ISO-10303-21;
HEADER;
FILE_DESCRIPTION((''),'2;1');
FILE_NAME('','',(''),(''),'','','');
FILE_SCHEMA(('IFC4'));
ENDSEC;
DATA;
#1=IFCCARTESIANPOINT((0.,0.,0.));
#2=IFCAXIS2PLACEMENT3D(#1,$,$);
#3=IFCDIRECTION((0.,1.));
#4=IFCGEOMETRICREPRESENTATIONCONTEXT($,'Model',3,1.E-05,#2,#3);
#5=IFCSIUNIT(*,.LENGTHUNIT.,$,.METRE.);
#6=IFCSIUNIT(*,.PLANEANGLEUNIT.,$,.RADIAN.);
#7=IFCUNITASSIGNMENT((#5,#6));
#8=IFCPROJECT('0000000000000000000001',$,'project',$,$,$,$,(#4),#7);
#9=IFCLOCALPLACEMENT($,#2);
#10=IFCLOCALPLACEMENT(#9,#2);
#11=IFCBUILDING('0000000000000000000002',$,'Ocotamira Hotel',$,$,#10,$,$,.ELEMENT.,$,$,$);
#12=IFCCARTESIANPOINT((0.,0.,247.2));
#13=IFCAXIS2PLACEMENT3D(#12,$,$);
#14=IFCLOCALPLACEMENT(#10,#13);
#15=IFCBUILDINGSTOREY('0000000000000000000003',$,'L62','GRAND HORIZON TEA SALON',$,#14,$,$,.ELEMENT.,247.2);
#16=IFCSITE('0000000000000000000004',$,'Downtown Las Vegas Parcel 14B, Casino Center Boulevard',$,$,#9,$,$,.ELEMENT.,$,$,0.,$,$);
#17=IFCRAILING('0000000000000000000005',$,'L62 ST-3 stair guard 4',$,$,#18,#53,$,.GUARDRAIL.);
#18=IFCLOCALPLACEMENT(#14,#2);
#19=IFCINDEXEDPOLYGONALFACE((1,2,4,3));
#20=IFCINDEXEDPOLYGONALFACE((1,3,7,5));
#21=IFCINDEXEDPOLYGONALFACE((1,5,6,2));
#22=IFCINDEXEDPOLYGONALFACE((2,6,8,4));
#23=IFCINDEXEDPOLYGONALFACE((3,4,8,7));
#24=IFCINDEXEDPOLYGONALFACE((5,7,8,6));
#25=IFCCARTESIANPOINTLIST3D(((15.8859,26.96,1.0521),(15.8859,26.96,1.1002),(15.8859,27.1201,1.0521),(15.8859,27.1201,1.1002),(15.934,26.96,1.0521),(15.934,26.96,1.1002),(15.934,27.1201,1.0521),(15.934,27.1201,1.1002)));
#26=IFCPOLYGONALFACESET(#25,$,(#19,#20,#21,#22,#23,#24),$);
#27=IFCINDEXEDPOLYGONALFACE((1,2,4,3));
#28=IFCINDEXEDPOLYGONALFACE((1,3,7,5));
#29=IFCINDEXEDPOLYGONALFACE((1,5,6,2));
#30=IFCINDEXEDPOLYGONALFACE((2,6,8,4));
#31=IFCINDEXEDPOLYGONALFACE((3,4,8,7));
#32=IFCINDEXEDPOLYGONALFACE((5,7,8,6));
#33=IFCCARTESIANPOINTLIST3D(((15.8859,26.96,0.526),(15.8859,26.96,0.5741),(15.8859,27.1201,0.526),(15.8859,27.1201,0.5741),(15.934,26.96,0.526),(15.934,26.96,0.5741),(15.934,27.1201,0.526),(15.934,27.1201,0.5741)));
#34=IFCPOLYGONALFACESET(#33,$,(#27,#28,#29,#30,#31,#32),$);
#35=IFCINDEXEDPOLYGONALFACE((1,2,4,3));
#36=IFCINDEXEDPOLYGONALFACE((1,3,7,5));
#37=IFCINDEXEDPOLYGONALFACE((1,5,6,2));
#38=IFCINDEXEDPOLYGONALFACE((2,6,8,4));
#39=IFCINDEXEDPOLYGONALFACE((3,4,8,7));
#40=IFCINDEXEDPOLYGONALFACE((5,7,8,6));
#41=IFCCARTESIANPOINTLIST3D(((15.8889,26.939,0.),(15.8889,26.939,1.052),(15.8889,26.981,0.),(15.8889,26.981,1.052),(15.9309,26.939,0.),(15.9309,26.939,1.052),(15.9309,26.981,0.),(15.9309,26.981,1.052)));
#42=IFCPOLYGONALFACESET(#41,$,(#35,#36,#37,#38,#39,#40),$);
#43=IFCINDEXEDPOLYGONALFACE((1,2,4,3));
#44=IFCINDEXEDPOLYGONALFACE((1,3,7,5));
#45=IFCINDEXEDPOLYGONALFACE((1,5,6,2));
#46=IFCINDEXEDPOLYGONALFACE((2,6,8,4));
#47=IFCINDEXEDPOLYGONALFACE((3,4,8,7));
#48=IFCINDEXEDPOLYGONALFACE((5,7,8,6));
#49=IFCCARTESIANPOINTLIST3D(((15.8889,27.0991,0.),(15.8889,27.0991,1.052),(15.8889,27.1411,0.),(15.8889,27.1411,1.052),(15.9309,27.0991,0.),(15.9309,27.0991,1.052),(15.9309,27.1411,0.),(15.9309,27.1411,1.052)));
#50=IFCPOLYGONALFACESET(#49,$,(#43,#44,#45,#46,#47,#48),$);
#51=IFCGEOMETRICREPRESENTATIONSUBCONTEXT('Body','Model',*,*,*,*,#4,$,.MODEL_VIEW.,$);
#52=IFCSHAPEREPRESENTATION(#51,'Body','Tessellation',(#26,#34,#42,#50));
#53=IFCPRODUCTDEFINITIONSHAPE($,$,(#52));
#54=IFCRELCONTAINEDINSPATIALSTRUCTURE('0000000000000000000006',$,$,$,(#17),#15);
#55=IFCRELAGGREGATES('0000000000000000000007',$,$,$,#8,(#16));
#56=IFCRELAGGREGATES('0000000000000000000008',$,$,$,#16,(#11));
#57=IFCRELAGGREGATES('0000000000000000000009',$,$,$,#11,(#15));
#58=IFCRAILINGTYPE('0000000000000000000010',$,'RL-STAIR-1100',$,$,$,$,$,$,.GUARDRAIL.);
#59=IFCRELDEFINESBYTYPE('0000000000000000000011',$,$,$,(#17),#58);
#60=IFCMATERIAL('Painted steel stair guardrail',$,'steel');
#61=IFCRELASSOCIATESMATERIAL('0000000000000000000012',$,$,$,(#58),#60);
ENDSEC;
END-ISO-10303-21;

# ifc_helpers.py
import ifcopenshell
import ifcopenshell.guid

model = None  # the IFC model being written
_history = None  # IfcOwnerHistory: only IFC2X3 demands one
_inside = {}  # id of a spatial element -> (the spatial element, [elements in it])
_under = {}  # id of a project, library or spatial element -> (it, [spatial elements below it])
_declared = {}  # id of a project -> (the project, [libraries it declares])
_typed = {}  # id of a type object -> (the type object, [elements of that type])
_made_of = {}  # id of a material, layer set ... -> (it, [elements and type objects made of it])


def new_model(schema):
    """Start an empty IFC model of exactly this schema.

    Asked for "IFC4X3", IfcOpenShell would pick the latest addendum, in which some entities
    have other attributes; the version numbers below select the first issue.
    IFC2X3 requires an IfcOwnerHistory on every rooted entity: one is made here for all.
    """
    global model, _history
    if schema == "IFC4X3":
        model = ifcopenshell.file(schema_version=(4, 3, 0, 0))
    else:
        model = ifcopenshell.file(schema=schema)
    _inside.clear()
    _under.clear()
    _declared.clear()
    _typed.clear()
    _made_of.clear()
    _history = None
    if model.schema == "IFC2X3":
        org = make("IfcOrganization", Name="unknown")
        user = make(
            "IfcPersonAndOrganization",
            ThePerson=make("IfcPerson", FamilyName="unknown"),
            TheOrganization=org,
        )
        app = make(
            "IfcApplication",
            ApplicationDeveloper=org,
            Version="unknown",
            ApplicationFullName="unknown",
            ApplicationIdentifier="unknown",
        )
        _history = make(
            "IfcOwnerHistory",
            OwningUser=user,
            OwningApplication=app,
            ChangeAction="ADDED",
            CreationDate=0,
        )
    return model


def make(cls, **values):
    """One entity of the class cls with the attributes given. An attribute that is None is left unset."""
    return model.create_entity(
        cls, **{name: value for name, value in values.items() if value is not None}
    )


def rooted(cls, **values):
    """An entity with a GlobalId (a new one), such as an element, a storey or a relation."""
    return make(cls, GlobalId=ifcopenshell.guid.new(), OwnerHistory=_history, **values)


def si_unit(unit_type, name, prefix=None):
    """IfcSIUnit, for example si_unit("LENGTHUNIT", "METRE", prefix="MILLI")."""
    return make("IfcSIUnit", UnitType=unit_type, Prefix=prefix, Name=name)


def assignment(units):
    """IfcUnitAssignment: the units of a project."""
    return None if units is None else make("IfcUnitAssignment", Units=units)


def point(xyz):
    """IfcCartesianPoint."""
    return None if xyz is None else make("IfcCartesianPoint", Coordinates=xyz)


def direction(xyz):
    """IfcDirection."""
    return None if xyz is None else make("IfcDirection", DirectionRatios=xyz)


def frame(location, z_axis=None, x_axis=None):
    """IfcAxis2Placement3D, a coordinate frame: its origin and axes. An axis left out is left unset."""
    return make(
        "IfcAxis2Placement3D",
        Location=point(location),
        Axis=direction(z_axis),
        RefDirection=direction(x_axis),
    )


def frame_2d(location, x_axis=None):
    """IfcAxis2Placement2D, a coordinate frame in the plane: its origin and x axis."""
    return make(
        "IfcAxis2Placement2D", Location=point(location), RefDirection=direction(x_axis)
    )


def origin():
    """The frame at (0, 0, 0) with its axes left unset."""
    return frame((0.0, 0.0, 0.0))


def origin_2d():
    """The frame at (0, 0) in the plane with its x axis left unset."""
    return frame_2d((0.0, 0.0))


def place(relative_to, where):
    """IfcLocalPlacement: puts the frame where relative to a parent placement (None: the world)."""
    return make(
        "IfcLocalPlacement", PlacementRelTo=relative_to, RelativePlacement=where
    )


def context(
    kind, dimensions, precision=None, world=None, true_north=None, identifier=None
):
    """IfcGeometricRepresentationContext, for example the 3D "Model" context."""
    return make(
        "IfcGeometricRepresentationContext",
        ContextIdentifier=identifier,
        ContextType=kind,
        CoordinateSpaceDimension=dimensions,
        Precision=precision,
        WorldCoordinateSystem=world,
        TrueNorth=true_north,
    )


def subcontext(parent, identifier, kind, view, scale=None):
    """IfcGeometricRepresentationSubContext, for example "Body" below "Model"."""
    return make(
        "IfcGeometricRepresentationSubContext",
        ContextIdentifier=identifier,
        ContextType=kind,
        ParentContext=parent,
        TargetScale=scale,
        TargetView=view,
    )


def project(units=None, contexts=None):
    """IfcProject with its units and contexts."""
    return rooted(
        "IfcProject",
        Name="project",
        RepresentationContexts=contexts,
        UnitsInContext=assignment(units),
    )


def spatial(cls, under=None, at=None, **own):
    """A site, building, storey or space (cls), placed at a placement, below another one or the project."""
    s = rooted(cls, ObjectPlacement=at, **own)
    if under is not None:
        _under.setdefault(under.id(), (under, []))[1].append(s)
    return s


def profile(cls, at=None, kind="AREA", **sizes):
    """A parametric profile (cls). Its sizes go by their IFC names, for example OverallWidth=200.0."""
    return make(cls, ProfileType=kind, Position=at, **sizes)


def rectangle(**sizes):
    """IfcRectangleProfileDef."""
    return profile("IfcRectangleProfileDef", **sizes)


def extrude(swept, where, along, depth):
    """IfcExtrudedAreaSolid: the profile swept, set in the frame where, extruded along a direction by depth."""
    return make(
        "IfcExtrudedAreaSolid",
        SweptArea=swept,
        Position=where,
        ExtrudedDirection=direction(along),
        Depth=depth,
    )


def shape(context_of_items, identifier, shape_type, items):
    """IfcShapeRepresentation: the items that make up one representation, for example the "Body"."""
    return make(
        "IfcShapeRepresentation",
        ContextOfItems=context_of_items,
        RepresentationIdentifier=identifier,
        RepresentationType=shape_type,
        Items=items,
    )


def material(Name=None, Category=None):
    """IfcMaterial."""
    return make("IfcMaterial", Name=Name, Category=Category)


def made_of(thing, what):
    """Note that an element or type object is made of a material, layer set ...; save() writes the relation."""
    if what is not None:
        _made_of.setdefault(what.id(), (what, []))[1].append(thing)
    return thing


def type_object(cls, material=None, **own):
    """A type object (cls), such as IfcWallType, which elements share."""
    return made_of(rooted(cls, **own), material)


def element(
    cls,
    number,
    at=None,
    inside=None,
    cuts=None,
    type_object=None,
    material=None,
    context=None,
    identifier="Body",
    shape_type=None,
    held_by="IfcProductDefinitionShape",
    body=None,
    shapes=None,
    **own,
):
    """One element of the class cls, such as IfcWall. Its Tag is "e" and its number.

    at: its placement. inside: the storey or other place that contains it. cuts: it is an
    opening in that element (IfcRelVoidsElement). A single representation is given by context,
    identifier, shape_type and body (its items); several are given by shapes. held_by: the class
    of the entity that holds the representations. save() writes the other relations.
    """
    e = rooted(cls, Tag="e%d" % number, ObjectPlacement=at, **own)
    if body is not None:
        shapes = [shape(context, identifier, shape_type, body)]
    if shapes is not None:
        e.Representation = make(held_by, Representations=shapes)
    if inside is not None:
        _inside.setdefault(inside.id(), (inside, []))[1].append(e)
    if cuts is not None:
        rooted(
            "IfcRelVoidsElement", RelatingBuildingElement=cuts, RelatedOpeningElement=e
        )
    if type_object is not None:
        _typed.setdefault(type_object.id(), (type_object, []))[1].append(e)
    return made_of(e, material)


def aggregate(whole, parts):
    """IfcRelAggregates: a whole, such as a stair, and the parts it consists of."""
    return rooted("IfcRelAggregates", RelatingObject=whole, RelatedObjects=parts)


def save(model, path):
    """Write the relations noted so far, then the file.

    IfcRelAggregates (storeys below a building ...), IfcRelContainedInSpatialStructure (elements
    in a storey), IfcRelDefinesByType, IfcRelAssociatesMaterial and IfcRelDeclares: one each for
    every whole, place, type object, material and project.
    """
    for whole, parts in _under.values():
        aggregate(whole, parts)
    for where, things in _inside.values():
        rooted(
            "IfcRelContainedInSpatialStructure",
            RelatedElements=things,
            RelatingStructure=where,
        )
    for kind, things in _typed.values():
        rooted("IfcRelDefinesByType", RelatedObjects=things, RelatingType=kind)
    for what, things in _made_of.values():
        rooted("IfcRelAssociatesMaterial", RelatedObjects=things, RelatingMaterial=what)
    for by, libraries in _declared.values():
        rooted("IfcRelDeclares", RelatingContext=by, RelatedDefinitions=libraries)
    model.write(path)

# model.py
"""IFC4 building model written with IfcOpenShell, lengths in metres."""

from ifc_helpers import new_model, si_unit, direction, frame, origin, origin_2d, place, context, subcontext, project, spatial, rectangle, extrude, material, type_object, element, save


model = new_model("IFC4")

# Units and contexts
model_context = context("Model", 3, precision=1e-05, world=origin(), true_north=direction((0.0, 1.0)))
body_context = subcontext(model_context, "Body", "Model", "MODEL_VIEW")
ifc_project = project(units=[si_unit("LENGTHUNIT", "METRE"), si_unit("PLANEANGLEUNIT", "RADIAN")], contexts=[model_context])

# Site, building, storey
site_placement = place(None, origin())
site = spatial("IfcSite", under=ifc_project, at=site_placement, Name="Downtown Las Vegas Parcel 14B, Casino Center Boulevard", CompositionType="ELEMENT", RefElevation=0.0)
building_placement = place(site_placement, origin())
building = spatial("IfcBuilding", under=site, at=building_placement, Name="Ocotamira Hotel", CompositionType="ELEMENT")
storey_placement = place(building_placement, frame((0.0, 0.0, 247.2)))
storey = spatial("IfcBuildingStorey", under=building, at=storey_placement, Name="L62", Description="GRAND HORIZON TEA SALON", CompositionType="ELEMENT", Elevation=247.2)

# Railing
ifc_material_1 = material(Name="Painted steel stair guardrail", Category="steel")
railing_type_1 = type_object("IfcRailingType", Name="RL-STAIR-1100", PredefinedType="GUARDRAIL", material=ifc_material_1)
railing_1_placement = place(storey_placement, frame((15.9099, 26.96, 0.0)))
element("IfcRailing", 1, at=railing_1_placement, inside=storey, type_object=railing_type_1, Name="L62 ST-3 stair guard 4", PredefinedType="GUARDRAIL", context=body_context, shape_type="SweptSolid", body=[
    extrude(rectangle(XDim=0.0481, YDim=0.0481, at=origin_2d()), frame((0.0, 0.0, 1.0762), z_axis=(0.0, 1.0, 0.0), x_axis=(-1.0, 0.0, 0.0)), (0.0, 0.0, 1.0), 0.1602),
    extrude(rectangle(XDim=0.0481, YDim=0.0481, at=origin_2d()), frame((0.0, 0.0, 0.55), z_axis=(0.0, 1.0, 0.0), x_axis=(-1.0, 0.0, 0.0)), (0.0, 0.0, 1.0), 0.1602),
    extrude(rectangle(XDim=0.042, YDim=0.042, at=origin_2d()), origin(), (0.0, 0.0, 1.0), 1.052),
    extrude(rectangle(XDim=0.042, YDim=0.042, at=origin_2d()), frame((0.0, 0.1602, 0.0)), (0.0, 0.0, 1.0), 1.052),
])

save(model, "model.ifc")
